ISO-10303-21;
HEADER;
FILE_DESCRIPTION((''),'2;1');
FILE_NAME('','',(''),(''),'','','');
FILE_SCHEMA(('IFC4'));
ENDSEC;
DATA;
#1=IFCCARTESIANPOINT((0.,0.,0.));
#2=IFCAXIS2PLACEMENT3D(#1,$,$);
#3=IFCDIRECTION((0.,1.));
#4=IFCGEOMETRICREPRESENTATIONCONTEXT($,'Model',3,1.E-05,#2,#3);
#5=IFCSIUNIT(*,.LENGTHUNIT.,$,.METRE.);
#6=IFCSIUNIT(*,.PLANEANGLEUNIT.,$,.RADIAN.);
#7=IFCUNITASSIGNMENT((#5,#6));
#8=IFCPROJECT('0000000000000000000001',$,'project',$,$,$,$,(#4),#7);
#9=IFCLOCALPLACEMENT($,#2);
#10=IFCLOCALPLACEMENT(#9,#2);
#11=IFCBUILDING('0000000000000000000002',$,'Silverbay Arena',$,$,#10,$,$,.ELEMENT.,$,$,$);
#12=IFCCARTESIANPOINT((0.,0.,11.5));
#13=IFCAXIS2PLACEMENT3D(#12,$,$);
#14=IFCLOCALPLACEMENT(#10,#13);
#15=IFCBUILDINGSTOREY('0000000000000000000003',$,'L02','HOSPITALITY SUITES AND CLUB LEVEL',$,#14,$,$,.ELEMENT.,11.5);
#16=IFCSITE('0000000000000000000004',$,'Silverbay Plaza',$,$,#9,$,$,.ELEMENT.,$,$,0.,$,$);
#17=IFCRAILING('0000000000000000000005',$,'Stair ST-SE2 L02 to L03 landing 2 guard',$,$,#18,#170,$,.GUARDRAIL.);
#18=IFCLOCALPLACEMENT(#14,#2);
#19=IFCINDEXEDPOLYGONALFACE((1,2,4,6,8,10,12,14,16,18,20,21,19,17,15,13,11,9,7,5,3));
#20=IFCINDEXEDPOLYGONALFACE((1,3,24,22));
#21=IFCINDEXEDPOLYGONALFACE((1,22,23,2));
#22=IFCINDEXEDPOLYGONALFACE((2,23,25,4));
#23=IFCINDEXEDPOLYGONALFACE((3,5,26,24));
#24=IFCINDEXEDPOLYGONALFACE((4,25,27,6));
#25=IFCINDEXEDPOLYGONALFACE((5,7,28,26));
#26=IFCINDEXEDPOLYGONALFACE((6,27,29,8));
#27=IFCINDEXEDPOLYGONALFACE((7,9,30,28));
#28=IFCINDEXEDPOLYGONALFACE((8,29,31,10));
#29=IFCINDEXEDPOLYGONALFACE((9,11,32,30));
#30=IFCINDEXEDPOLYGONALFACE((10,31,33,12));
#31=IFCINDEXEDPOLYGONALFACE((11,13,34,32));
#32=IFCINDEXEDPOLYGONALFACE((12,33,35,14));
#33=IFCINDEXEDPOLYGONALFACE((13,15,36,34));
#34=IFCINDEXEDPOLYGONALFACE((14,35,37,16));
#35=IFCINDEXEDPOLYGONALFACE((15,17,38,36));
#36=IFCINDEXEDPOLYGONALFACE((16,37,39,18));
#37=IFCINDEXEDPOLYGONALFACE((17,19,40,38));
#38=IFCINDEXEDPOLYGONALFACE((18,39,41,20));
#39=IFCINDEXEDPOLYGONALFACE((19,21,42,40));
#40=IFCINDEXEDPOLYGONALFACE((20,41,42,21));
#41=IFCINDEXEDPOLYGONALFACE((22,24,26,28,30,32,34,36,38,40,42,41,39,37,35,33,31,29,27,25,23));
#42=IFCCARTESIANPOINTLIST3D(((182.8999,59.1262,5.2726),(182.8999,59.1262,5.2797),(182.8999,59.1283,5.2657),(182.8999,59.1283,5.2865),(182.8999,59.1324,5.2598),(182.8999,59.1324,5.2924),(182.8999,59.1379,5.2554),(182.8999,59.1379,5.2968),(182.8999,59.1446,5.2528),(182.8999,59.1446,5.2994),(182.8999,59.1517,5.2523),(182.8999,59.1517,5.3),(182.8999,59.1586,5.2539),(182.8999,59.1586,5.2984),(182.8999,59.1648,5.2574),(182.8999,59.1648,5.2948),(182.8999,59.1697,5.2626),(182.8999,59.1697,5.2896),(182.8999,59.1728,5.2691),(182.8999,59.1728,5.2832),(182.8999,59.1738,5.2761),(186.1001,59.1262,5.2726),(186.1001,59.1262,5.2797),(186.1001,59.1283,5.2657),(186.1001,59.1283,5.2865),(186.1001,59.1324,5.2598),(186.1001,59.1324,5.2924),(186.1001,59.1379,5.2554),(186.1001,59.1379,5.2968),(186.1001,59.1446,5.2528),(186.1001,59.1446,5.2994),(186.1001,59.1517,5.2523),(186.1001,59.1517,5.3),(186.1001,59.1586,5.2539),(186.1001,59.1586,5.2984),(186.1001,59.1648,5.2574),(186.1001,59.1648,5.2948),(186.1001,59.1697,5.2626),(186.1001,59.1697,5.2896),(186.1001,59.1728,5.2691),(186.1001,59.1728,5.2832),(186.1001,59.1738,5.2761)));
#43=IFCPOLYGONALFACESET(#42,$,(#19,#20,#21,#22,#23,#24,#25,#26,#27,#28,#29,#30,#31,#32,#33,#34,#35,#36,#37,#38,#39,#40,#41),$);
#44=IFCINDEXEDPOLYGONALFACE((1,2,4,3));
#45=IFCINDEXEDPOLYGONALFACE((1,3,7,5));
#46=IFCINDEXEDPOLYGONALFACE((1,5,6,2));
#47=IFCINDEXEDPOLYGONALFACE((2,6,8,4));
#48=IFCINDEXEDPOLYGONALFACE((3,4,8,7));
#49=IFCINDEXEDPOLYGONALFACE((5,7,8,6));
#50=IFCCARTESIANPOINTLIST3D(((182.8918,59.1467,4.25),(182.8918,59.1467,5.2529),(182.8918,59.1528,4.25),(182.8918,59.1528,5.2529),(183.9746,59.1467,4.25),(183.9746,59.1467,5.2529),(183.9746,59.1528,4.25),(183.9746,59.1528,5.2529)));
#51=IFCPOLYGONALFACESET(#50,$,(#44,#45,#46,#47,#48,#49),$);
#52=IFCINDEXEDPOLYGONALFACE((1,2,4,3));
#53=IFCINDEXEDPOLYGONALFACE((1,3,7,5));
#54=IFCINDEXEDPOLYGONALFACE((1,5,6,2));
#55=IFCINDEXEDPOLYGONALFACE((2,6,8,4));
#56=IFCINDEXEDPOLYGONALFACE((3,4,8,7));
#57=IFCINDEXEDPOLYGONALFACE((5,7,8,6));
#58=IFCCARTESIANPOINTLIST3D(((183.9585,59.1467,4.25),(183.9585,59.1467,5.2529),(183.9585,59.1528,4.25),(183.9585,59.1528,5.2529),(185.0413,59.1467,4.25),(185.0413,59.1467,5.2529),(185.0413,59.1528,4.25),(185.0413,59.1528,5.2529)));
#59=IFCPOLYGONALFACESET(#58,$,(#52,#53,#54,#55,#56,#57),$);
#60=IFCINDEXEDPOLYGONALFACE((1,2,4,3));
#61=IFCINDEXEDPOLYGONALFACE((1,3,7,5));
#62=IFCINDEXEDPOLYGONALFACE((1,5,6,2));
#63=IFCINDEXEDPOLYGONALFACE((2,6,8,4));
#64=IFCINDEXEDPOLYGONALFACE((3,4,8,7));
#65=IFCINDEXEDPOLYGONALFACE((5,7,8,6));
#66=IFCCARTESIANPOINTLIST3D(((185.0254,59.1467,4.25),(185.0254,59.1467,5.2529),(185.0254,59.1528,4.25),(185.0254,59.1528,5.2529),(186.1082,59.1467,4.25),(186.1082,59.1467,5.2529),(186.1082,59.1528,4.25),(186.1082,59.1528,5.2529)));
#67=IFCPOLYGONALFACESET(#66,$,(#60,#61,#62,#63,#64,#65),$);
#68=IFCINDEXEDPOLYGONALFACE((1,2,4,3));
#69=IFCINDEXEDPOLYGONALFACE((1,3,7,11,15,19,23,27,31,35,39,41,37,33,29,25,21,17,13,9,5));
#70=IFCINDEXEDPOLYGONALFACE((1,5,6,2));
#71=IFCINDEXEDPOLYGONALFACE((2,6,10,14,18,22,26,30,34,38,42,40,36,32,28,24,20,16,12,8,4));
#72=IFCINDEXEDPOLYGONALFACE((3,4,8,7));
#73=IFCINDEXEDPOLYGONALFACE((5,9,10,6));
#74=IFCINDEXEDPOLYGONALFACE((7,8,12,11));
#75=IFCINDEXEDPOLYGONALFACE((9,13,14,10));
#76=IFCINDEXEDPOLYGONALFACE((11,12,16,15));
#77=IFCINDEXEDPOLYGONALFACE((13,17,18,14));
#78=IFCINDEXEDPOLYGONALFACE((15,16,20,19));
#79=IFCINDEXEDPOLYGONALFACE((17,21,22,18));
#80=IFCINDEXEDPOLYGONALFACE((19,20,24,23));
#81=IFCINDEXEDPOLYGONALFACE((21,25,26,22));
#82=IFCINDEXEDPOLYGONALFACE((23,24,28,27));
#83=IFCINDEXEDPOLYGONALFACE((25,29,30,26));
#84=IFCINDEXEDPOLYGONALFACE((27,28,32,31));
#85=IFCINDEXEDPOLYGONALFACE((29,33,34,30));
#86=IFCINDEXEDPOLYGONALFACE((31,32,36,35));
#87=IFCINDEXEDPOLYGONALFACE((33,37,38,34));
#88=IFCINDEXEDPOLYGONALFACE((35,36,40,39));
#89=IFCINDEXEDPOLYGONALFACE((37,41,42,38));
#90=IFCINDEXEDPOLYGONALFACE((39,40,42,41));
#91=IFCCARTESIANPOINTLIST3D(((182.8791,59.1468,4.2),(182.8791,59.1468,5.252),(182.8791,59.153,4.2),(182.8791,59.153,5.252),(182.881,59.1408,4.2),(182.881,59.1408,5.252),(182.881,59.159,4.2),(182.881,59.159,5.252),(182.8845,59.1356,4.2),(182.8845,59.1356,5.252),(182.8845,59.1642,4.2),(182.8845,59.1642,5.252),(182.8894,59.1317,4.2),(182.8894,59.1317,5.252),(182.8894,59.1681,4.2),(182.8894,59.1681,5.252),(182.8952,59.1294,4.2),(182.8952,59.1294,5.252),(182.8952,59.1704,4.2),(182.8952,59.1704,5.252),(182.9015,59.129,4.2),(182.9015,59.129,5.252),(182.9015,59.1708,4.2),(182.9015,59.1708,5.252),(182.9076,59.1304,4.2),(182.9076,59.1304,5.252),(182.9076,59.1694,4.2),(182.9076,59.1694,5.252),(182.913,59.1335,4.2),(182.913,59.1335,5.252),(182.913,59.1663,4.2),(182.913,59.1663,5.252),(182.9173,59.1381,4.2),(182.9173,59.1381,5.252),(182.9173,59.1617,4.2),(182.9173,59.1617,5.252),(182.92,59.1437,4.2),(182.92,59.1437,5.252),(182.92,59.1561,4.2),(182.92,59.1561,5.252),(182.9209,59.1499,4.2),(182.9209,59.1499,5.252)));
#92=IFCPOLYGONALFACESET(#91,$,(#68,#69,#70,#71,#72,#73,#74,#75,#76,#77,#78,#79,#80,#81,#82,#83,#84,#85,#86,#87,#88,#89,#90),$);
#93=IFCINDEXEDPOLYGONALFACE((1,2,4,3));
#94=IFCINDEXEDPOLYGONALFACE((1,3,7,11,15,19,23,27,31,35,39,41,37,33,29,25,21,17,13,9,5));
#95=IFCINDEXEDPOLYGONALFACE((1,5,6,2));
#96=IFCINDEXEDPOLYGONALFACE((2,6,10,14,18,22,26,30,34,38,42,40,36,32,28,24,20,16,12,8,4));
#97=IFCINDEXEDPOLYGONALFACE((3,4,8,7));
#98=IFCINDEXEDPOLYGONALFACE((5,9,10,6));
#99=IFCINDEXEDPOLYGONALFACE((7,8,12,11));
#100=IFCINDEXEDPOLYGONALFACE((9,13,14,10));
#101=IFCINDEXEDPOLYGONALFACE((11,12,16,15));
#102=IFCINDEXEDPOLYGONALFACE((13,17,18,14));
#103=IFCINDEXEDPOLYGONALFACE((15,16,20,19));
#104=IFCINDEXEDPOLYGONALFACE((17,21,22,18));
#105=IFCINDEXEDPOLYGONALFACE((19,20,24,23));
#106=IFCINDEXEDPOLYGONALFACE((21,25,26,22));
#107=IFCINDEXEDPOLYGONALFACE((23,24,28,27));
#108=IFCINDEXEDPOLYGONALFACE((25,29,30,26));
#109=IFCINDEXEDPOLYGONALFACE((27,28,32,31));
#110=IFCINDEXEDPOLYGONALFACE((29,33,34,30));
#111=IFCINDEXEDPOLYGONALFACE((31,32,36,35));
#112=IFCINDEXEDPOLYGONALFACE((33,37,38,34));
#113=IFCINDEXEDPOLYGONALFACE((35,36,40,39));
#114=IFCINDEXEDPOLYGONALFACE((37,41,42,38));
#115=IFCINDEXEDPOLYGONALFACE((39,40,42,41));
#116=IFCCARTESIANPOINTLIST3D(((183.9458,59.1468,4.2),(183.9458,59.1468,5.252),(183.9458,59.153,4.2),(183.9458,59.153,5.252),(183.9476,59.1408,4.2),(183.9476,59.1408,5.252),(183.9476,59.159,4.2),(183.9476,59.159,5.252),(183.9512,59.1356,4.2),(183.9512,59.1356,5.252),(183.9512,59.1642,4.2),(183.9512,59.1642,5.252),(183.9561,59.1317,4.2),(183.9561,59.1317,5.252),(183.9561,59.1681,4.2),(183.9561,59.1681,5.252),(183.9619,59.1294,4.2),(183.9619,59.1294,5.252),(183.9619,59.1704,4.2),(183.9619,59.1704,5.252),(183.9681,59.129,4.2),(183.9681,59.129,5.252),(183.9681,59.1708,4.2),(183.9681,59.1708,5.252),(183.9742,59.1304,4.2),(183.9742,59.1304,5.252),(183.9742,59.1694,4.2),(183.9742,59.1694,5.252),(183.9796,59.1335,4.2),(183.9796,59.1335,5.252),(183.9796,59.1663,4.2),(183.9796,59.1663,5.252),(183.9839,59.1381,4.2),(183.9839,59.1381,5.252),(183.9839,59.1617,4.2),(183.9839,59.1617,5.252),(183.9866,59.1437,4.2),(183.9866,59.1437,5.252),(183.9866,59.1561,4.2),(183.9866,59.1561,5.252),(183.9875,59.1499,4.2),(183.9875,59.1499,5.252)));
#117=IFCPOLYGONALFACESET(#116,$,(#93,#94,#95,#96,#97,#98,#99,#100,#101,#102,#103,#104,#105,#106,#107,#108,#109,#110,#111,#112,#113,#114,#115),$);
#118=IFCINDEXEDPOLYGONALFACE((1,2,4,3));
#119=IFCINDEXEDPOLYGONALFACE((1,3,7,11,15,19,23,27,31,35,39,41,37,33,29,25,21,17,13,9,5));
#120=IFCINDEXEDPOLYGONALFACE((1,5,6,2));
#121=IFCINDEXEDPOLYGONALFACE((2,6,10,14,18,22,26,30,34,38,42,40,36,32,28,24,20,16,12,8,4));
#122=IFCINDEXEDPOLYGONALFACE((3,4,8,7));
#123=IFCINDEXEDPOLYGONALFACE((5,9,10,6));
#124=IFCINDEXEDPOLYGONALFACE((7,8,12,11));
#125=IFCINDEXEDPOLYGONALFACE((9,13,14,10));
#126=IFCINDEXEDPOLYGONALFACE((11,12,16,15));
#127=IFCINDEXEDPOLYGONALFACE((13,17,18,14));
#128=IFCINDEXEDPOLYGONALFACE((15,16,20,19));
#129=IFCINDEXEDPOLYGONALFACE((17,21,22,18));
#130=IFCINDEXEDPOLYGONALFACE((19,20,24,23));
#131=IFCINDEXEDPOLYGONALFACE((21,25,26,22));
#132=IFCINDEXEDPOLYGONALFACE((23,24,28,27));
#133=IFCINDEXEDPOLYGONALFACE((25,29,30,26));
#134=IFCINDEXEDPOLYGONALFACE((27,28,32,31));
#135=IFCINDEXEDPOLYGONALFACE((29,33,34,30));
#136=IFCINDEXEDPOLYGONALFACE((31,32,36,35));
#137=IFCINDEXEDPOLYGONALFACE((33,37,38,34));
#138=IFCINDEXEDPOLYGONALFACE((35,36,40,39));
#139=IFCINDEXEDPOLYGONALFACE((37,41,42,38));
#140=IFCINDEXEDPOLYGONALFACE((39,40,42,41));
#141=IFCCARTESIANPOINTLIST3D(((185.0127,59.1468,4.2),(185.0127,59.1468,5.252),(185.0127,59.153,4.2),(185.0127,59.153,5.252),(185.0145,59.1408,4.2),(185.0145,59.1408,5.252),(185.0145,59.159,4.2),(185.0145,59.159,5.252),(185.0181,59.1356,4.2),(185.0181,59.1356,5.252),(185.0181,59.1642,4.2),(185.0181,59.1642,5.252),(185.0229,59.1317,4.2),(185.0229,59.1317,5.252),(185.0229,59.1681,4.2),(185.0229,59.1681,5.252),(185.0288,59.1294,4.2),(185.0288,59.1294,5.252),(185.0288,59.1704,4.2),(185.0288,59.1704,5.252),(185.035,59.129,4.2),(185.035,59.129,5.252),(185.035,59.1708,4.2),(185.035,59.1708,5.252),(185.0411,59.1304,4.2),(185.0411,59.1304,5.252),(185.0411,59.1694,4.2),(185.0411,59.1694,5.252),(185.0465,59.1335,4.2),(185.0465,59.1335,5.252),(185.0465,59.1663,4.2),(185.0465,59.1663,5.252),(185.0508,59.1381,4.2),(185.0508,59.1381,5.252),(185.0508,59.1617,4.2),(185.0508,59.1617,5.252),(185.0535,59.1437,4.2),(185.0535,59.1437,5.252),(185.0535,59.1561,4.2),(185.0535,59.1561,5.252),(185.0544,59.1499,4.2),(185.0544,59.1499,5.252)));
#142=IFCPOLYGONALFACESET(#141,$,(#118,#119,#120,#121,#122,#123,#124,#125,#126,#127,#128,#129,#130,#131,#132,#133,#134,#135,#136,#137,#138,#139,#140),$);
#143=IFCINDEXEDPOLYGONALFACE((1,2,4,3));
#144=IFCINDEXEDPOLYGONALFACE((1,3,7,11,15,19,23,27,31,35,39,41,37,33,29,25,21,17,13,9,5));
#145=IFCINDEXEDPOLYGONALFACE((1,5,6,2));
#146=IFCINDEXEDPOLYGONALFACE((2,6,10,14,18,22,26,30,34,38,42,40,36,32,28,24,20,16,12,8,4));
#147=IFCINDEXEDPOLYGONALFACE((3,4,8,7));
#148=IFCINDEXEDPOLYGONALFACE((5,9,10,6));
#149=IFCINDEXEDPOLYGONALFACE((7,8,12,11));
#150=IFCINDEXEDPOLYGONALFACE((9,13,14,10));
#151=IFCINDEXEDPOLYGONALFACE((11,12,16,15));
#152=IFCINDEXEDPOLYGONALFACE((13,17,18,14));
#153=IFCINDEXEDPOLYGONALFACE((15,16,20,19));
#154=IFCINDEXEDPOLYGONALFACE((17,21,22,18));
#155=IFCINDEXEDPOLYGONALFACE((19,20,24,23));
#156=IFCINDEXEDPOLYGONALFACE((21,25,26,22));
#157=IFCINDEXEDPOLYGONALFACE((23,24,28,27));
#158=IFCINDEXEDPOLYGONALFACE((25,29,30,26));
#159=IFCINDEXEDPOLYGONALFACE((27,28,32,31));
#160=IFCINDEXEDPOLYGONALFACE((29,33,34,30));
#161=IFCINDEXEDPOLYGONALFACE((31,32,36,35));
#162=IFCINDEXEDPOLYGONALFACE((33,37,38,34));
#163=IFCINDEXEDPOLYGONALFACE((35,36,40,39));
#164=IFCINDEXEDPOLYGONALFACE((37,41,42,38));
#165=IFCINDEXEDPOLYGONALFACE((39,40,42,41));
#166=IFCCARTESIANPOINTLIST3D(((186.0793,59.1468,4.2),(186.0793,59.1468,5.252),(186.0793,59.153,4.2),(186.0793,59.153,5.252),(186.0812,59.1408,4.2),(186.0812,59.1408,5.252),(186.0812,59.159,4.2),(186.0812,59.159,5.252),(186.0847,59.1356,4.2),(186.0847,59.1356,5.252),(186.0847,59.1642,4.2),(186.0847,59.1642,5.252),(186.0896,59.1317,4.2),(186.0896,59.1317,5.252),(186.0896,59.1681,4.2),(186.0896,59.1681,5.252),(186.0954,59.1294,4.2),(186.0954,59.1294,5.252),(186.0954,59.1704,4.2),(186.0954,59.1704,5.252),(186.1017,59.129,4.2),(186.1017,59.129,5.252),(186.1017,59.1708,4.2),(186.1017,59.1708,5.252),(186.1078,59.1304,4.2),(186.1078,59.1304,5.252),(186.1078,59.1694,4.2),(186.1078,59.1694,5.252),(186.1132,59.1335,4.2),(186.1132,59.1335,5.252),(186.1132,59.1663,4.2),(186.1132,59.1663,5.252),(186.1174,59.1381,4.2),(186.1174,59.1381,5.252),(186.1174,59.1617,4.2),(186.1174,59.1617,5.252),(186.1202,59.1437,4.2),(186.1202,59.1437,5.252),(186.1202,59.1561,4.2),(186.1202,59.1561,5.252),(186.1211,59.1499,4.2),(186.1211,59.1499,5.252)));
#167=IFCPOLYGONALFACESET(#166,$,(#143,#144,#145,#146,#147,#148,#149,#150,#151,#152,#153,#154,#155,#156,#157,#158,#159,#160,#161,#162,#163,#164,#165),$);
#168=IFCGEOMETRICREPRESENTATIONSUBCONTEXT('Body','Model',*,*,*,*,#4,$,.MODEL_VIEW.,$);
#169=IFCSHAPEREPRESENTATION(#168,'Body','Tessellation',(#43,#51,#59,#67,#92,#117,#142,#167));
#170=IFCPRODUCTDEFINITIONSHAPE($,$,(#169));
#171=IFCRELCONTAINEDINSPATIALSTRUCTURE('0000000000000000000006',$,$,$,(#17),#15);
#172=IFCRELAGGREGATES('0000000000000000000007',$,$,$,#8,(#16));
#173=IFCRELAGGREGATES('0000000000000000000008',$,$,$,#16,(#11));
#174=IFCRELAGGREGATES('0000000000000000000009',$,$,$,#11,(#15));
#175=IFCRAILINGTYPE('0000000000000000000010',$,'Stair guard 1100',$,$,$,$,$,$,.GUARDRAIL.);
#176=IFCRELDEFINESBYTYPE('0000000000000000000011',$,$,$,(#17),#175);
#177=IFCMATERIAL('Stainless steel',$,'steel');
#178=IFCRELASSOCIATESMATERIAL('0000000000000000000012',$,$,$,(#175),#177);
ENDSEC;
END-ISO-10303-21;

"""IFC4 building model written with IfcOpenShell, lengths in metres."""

from ifc_helpers import new_model, si_unit, direction, frame, origin, origin_2d, place, context, subcontext, project, spatial, polyline, circle, outline, extrude, material, type_object, element, save


model = new_model("IFC4")

# Units and contexts
model_context = context("Model", 3, precision=1e-05, world=origin(), true_north=direction((0.0, 1.0)))
body_context = subcontext(model_context, "Body", "Model", "MODEL_VIEW")
ifc_project = project(units=[si_unit("LENGTHUNIT", "METRE"), si_unit("PLANEANGLEUNIT", "RADIAN")], contexts=[model_context])

# Site, building, storey
site_placement = place(None, origin())
site = spatial("IfcSite", under=ifc_project, at=site_placement, Name="Silverbay Plaza", CompositionType="ELEMENT", RefElevation=0.0)
building_placement = place(site_placement, origin())
building = spatial("IfcBuilding", under=site, at=building_placement, Name="Silverbay Arena", CompositionType="ELEMENT")
storey_placement = place(building_placement, frame((0.0, 0.0, 11.5)))
storey = spatial("IfcBuildingStorey", under=building, at=storey_placement, Name="L02", Description="HOSPITALITY SUITES AND CLUB LEVEL", CompositionType="ELEMENT", Elevation=11.5)

# Railing
ifc_material_1 = material(Name="Stainless steel", Category="steel")
railing_type_1 = type_object("IfcRailingType", Name="Stair guard 1100", PredefinedType="GUARDRAIL", material=ifc_material_1)
for number, where, name in (
    (1, (182.8999, 59.1499, 4.2), "Stair ST-SE2 L02 to L03 landing 2 guard"),
):
    element("IfcRailing", number, at=place(storey_placement, frame(where)), inside=storey, type_object=railing_type_1, Name=name, PredefinedType="GUARDRAIL", context=body_context, shape_type="SweptSolid", body=[
        extrude(circle(Radius=0.0239, at=origin_2d()), frame((0.0, 0.0, 1.0762), z_axis=(1.0, 0.0, 0.0), x_axis=(0.0, 1.0, 0.0)), (0.0, 0.0, 1.0), 3.2002),
        extrude(outline(polyline([(-0.0081, 0.05), (1.0747, 0.05), (1.0747, 1.053), (-0.0081, 1.053), (-0.0081, 0.05)])), frame((0.0, 0.0029, 0.0), z_axis=(0.0, -1.0, 0.0), x_axis=(1.0, 0.0, 0.0)), (0.0, 0.0, 1.0), 0.0061),
        extrude(outline(polyline([(-0.0081, 0.05), (1.0747, 0.05), (1.0747, 1.053), (-0.0081, 1.053), (-0.0081, 0.05)])), frame((1.0667, 0.0029, 0.0), z_axis=(0.0, -1.0, 0.0), x_axis=(1.0, 0.0, 0.0)), (0.0, 0.0, 1.0), 0.0061),
        extrude(outline(polyline([(-0.0081, 0.05), (1.0747, 0.05), (1.0747, 1.053), (-0.0081, 1.053), (-0.0081, 0.05)])), frame((2.1335, 0.0029, 0.0), z_axis=(0.0, -1.0, 0.0), x_axis=(1.0, 0.0, 0.0)), (0.0, 0.0, 1.0), 0.0061),
        extrude(circle(Radius=0.021, at=origin_2d()), origin(), (0.0, 0.0, 1.0), 1.052),
        extrude(circle(Radius=0.021, at=origin_2d()), frame((1.0667, 0.0, 0.0)), (0.0, 0.0, 1.0), 1.052),
        extrude(circle(Radius=0.021, at=origin_2d()), frame((2.1335, 0.0, 0.0)), (0.0, 0.0, 1.0), 1.052),
        extrude(circle(Radius=0.021, at=origin_2d()), frame((3.2002, 0.0, 0.0)), (0.0, 0.0, 1.0), 1.052),
    ])

save(model, "model.ifc")
